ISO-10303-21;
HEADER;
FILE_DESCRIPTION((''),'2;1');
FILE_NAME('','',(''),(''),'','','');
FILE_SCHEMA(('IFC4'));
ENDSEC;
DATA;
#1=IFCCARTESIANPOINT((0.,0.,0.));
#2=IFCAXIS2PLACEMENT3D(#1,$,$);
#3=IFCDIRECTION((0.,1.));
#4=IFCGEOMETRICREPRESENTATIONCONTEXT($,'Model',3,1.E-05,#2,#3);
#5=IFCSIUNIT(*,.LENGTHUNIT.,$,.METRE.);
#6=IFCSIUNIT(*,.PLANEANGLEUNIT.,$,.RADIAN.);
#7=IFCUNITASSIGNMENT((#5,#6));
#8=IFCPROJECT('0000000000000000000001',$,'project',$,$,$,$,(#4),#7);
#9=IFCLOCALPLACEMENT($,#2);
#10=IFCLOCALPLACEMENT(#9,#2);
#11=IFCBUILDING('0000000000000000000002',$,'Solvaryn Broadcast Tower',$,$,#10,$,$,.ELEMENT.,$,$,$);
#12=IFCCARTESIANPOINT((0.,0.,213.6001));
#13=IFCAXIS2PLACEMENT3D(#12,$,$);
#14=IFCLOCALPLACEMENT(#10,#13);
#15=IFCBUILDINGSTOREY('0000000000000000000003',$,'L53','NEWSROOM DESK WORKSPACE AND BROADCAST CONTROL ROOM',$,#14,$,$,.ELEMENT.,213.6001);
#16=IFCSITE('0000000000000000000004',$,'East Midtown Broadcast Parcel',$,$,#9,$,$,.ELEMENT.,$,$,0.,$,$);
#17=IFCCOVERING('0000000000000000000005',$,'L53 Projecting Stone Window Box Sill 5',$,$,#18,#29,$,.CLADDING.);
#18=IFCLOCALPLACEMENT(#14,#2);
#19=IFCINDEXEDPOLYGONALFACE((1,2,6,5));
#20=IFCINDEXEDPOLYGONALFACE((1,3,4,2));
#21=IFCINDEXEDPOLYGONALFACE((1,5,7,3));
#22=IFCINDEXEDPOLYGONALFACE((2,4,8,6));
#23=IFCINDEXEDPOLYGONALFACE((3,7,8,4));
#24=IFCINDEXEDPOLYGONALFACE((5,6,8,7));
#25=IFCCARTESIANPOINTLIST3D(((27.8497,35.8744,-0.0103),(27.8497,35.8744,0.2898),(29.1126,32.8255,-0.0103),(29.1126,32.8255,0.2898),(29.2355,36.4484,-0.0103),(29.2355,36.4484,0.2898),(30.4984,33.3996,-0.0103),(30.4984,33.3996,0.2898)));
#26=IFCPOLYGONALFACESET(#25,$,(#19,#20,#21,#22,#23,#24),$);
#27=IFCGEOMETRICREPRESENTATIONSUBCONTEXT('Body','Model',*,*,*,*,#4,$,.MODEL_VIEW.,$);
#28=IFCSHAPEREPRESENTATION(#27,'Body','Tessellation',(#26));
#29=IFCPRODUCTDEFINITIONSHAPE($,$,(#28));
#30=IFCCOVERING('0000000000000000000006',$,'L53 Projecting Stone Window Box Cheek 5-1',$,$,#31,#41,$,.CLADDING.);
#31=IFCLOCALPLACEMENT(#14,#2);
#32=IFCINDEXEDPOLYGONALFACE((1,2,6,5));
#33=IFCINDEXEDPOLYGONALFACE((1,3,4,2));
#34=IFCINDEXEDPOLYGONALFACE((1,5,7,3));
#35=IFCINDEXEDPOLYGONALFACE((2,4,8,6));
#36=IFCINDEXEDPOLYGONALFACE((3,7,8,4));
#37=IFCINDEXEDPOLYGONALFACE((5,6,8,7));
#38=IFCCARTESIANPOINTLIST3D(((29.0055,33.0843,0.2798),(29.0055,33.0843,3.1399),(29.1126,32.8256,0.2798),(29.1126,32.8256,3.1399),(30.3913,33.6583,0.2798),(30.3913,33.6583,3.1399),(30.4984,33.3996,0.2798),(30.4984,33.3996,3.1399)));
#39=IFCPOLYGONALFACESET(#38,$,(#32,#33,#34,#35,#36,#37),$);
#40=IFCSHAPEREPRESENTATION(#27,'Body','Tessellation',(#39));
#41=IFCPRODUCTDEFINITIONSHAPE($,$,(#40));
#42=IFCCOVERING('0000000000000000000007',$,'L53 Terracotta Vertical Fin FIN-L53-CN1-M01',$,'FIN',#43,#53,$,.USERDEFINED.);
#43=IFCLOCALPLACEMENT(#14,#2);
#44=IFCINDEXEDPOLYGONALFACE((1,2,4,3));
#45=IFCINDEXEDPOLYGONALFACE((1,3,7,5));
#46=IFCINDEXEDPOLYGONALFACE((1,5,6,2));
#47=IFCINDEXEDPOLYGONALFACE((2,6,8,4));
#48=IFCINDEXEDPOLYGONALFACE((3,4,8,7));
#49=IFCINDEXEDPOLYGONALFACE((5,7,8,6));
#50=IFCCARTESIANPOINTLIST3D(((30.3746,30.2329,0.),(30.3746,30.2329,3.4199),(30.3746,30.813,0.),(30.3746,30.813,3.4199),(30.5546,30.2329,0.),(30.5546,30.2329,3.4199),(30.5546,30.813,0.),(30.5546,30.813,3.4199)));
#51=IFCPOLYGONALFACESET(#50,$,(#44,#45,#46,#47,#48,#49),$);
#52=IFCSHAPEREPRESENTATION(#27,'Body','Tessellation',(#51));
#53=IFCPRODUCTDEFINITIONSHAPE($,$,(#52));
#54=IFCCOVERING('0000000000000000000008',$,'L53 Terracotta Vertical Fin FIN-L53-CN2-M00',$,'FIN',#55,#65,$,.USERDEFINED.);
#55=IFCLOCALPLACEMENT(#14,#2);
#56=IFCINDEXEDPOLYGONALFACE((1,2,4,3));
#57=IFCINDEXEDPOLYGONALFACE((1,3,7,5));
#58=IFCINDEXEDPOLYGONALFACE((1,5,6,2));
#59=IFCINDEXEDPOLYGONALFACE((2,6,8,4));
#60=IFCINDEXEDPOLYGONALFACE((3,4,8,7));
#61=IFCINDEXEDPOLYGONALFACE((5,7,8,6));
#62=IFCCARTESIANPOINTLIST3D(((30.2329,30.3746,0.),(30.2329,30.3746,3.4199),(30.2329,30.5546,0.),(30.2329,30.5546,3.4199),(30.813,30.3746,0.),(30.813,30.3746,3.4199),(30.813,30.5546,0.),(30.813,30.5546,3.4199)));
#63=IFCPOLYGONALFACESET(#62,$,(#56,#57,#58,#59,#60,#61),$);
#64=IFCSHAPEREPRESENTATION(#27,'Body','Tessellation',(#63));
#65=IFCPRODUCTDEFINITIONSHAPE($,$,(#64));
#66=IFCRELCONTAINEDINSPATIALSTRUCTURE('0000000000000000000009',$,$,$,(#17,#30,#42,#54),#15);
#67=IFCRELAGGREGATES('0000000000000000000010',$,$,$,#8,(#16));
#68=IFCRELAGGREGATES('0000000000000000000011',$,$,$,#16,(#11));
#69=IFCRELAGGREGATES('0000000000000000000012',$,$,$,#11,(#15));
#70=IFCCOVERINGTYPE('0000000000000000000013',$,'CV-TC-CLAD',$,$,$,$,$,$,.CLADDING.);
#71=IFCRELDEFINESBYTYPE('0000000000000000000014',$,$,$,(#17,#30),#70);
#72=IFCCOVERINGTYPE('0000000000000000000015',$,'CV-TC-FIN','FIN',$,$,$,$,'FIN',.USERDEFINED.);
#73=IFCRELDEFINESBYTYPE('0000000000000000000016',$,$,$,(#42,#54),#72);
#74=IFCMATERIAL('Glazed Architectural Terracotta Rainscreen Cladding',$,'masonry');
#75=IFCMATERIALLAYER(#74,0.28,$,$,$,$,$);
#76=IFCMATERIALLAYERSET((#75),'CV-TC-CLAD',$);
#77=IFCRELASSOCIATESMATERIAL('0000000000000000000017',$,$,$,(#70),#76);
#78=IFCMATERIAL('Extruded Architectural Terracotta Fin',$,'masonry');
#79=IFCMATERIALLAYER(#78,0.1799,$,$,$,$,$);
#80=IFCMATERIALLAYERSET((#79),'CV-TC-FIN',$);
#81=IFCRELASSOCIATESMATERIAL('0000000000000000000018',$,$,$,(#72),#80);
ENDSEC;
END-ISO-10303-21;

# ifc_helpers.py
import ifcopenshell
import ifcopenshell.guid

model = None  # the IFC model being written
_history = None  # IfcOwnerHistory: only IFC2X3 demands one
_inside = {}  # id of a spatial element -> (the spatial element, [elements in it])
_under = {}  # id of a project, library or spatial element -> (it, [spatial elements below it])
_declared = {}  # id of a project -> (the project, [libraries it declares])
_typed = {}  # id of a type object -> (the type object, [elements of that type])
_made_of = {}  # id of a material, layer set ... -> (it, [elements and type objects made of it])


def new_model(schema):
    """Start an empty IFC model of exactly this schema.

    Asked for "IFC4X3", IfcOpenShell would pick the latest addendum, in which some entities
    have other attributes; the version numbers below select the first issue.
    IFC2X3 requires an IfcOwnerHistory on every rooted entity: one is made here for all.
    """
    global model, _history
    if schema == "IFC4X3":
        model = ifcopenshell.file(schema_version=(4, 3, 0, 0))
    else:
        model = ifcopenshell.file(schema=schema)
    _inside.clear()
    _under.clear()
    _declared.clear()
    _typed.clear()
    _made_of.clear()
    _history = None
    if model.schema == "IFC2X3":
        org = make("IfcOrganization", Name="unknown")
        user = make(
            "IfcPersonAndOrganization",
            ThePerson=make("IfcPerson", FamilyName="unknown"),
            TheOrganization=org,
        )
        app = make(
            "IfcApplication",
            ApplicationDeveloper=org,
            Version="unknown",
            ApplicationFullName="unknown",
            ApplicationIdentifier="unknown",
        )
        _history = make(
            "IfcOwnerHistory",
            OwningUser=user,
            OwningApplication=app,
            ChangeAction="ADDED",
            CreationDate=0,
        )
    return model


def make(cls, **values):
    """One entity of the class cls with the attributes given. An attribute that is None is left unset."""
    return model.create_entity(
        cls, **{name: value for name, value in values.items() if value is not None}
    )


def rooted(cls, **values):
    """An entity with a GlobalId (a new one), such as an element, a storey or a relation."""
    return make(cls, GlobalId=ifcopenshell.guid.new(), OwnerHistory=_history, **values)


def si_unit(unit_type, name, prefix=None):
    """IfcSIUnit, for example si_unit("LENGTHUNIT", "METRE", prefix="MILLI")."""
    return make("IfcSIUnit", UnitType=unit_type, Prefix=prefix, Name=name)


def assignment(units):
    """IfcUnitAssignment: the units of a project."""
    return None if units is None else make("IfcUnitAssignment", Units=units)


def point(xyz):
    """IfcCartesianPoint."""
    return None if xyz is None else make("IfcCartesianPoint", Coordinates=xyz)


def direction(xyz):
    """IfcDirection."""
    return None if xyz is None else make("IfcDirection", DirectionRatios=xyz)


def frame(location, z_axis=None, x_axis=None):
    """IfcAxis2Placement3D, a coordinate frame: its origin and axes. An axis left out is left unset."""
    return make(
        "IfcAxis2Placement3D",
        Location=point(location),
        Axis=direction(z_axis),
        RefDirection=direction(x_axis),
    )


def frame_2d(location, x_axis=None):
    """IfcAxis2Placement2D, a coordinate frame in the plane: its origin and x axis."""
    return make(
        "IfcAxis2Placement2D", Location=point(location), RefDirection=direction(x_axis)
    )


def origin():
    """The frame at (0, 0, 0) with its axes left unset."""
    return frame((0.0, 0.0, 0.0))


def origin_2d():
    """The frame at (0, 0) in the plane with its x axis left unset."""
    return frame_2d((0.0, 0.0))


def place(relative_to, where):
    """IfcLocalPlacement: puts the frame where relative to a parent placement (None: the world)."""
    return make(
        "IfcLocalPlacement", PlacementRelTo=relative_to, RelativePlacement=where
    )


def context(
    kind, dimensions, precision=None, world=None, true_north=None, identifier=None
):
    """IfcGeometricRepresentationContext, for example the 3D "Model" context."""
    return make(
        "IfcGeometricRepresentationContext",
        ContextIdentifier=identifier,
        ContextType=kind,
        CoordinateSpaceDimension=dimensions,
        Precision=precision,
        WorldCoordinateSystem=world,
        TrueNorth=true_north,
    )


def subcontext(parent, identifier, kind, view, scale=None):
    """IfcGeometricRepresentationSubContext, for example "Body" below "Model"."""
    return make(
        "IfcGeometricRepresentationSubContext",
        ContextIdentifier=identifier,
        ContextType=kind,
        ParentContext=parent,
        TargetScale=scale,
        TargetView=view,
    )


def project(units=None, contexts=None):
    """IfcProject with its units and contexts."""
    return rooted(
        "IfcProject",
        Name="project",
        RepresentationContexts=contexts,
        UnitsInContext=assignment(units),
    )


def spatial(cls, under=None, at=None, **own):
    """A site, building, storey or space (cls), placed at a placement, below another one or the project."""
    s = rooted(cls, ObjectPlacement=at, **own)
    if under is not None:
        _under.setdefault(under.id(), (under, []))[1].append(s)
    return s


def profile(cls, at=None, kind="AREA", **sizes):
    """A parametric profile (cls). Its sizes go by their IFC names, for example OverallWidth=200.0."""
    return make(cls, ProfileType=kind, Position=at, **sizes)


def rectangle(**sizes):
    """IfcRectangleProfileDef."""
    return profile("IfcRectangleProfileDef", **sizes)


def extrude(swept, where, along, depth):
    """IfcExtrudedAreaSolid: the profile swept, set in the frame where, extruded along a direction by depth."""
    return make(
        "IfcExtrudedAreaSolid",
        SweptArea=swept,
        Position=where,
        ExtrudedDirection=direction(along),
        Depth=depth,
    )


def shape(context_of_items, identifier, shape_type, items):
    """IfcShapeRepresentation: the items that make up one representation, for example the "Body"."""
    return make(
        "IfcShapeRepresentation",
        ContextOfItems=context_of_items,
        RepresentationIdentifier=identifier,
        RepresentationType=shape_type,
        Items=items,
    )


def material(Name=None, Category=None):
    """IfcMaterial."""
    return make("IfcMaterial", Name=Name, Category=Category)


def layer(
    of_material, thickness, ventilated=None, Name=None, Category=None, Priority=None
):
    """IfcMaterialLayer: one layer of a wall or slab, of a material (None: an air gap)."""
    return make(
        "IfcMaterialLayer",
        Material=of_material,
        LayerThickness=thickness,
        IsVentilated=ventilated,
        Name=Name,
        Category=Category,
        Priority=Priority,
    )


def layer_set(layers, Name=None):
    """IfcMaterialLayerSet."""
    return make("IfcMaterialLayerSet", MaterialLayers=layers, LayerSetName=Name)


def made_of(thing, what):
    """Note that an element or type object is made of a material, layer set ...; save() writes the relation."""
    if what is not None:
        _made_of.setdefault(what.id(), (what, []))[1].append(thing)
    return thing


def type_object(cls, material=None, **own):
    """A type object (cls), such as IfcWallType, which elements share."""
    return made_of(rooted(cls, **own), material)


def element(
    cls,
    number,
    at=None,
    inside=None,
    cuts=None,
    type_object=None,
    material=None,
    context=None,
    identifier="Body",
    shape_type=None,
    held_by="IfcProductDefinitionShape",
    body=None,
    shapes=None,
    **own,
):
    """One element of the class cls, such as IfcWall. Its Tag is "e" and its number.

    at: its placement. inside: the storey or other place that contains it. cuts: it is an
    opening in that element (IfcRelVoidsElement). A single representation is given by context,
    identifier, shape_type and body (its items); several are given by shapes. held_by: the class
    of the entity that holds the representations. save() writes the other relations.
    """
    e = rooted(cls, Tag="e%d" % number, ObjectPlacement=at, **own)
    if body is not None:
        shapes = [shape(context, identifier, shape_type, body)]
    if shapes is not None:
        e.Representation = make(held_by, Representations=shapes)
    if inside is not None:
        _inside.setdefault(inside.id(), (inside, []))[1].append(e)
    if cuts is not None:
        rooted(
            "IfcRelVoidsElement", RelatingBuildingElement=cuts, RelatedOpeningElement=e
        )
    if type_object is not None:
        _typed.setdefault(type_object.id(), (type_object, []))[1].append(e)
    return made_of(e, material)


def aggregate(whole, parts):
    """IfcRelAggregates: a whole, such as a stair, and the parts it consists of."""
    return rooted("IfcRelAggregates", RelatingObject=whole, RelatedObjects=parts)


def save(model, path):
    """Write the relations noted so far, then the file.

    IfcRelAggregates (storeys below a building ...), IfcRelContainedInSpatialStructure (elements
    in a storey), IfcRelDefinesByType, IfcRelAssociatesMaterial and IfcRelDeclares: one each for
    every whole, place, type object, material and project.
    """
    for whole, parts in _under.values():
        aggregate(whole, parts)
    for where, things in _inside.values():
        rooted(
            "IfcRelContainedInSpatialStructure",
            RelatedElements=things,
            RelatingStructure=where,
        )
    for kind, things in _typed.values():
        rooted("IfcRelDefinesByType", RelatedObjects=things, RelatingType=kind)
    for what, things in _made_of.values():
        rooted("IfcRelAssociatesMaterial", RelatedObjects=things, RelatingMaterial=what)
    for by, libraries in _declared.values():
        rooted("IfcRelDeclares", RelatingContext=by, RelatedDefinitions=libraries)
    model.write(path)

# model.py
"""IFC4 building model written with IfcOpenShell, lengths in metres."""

from ifc_helpers import new_model, si_unit, direction, frame, origin, origin_2d, place, context, subcontext, project, spatial, rectangle, extrude, material, layer, layer_set, type_object, element, save


model = new_model("IFC4")

# Units and contexts
model_context = context("Model", 3, precision=1e-05, world=origin(), true_north=direction((0.0, 1.0)))
body_context = subcontext(model_context, "Body", "Model", "MODEL_VIEW")
ifc_project = project(units=[si_unit("LENGTHUNIT", "METRE"), si_unit("PLANEANGLEUNIT", "RADIAN")], contexts=[model_context])

# Site, building, storey
site_placement = place(None, origin())
site = spatial("IfcSite", under=ifc_project, at=site_placement, Name="East Midtown Broadcast Parcel", CompositionType="ELEMENT", RefElevation=0.0)
building_placement = place(site_placement, origin())
building = spatial("IfcBuilding", under=site, at=building_placement, Name="Solvaryn Broadcast Tower", CompositionType="ELEMENT")
storey_placement = place(building_placement, frame((0.0, 0.0, 213.6001)))
storey = spatial("IfcBuildingStorey", under=building, at=storey_placement, Name="L53", Description="NEWSROOM DESK WORKSPACE AND BROADCAST CONTROL ROOM", CompositionType="ELEMENT", Elevation=213.6001)

# Coverings
ifc_material_1 = material(Name="Glazed Architectural Terracotta Rainscreen Cladding", Category="masonry")
ifc_layer_1 = layer(ifc_material_1, 0.28)
ifc_layer_set_1 = layer_set([ifc_layer_1], Name="CV-TC-CLAD")
covering_type_1 = type_object("IfcCoveringType", Name="CV-TC-CLAD", PredefinedType="CLADDING", material=ifc_layer_set_1)
for number, where, z_axis, x_axis, name in (
    (1, (29.1741, 34.637, -0.0103), (0.0, 0.0, 1.0), (-0.382683, 0.92388, 0.0), "L53 Projecting Stone Window Box Sill 5"),
):
    element("IfcCovering", number, at=place(storey_placement, frame(where, z_axis=z_axis, x_axis=x_axis)), inside=storey, type_object=covering_type_1, Name=name, PredefinedType="CLADDING", context=body_context, shape_type="SweptSolid", body=[
        extrude(rectangle(XDim=3.3, YDim=1.5, at=origin_2d()), origin(), (0.0, 0.0, 1.0), 0.3),
    ])
covering_1_placement = place(storey_placement, frame((29.752, 33.2419, 0.2798), z_axis=(0.0, 0.0, 1.0), x_axis=(-0.382683, 0.92388, 0.0)))
element("IfcCovering", 2, at=covering_1_placement, inside=storey, type_object=covering_type_1, Name="L53 Projecting Stone Window Box Cheek 5-1", PredefinedType="CLADDING", context=body_context, shape_type="SweptSolid", body=[
    extrude(rectangle(XDim=0.28, YDim=1.5, at=origin_2d()), origin(), (0.0, 0.0, 1.0), 2.8601),
])
ifc_material_2 = material(Name="Extruded Architectural Terracotta Fin", Category="masonry")
ifc_layer_2 = layer(ifc_material_2, 0.1799)
ifc_layer_set_2 = layer_set([ifc_layer_2], Name="CV-TC-FIN")
covering_type_2 = type_object("IfcCoveringType", Name="CV-TC-FIN", Description="FIN", ElementType="FIN", PredefinedType="USERDEFINED", material=ifc_layer_set_2)
covering_2_placement = place(storey_placement, frame((30.4646, 30.5229, 0.0), z_axis=(0.0, 0.0, 1.0), x_axis=(1.0, 0.0, 0.0)))
element("IfcCovering", 3, at=covering_2_placement, inside=storey, type_object=covering_type_2, Name="L53 Terracotta Vertical Fin FIN-L53-CN1-M01", ObjectType="FIN", PredefinedType="USERDEFINED", context=body_context, shape_type="SweptSolid", body=[
    extrude(rectangle(XDim=0.1799, YDim=0.5801, at=origin_2d()), origin(), (0.0, 0.0, 1.0), 3.4199),
])
covering_3_placement = place(storey_placement, frame((30.5229, 30.4646, 0.0), z_axis=(0.0, 0.0, 1.0), x_axis=(1.0, 0.0, 0.0)))
element("IfcCovering", 4, at=covering_3_placement, inside=storey, type_object=covering_type_2, Name="L53 Terracotta Vertical Fin FIN-L53-CN2-M00", ObjectType="FIN", PredefinedType="USERDEFINED", context=body_context, shape_type="SweptSolid", body=[
    extrude(rectangle(XDim=0.5801, YDim=0.1799, at=origin_2d()), origin(), (0.0, 0.0, 1.0), 3.4199),
])

save(model, "model.ifc")
